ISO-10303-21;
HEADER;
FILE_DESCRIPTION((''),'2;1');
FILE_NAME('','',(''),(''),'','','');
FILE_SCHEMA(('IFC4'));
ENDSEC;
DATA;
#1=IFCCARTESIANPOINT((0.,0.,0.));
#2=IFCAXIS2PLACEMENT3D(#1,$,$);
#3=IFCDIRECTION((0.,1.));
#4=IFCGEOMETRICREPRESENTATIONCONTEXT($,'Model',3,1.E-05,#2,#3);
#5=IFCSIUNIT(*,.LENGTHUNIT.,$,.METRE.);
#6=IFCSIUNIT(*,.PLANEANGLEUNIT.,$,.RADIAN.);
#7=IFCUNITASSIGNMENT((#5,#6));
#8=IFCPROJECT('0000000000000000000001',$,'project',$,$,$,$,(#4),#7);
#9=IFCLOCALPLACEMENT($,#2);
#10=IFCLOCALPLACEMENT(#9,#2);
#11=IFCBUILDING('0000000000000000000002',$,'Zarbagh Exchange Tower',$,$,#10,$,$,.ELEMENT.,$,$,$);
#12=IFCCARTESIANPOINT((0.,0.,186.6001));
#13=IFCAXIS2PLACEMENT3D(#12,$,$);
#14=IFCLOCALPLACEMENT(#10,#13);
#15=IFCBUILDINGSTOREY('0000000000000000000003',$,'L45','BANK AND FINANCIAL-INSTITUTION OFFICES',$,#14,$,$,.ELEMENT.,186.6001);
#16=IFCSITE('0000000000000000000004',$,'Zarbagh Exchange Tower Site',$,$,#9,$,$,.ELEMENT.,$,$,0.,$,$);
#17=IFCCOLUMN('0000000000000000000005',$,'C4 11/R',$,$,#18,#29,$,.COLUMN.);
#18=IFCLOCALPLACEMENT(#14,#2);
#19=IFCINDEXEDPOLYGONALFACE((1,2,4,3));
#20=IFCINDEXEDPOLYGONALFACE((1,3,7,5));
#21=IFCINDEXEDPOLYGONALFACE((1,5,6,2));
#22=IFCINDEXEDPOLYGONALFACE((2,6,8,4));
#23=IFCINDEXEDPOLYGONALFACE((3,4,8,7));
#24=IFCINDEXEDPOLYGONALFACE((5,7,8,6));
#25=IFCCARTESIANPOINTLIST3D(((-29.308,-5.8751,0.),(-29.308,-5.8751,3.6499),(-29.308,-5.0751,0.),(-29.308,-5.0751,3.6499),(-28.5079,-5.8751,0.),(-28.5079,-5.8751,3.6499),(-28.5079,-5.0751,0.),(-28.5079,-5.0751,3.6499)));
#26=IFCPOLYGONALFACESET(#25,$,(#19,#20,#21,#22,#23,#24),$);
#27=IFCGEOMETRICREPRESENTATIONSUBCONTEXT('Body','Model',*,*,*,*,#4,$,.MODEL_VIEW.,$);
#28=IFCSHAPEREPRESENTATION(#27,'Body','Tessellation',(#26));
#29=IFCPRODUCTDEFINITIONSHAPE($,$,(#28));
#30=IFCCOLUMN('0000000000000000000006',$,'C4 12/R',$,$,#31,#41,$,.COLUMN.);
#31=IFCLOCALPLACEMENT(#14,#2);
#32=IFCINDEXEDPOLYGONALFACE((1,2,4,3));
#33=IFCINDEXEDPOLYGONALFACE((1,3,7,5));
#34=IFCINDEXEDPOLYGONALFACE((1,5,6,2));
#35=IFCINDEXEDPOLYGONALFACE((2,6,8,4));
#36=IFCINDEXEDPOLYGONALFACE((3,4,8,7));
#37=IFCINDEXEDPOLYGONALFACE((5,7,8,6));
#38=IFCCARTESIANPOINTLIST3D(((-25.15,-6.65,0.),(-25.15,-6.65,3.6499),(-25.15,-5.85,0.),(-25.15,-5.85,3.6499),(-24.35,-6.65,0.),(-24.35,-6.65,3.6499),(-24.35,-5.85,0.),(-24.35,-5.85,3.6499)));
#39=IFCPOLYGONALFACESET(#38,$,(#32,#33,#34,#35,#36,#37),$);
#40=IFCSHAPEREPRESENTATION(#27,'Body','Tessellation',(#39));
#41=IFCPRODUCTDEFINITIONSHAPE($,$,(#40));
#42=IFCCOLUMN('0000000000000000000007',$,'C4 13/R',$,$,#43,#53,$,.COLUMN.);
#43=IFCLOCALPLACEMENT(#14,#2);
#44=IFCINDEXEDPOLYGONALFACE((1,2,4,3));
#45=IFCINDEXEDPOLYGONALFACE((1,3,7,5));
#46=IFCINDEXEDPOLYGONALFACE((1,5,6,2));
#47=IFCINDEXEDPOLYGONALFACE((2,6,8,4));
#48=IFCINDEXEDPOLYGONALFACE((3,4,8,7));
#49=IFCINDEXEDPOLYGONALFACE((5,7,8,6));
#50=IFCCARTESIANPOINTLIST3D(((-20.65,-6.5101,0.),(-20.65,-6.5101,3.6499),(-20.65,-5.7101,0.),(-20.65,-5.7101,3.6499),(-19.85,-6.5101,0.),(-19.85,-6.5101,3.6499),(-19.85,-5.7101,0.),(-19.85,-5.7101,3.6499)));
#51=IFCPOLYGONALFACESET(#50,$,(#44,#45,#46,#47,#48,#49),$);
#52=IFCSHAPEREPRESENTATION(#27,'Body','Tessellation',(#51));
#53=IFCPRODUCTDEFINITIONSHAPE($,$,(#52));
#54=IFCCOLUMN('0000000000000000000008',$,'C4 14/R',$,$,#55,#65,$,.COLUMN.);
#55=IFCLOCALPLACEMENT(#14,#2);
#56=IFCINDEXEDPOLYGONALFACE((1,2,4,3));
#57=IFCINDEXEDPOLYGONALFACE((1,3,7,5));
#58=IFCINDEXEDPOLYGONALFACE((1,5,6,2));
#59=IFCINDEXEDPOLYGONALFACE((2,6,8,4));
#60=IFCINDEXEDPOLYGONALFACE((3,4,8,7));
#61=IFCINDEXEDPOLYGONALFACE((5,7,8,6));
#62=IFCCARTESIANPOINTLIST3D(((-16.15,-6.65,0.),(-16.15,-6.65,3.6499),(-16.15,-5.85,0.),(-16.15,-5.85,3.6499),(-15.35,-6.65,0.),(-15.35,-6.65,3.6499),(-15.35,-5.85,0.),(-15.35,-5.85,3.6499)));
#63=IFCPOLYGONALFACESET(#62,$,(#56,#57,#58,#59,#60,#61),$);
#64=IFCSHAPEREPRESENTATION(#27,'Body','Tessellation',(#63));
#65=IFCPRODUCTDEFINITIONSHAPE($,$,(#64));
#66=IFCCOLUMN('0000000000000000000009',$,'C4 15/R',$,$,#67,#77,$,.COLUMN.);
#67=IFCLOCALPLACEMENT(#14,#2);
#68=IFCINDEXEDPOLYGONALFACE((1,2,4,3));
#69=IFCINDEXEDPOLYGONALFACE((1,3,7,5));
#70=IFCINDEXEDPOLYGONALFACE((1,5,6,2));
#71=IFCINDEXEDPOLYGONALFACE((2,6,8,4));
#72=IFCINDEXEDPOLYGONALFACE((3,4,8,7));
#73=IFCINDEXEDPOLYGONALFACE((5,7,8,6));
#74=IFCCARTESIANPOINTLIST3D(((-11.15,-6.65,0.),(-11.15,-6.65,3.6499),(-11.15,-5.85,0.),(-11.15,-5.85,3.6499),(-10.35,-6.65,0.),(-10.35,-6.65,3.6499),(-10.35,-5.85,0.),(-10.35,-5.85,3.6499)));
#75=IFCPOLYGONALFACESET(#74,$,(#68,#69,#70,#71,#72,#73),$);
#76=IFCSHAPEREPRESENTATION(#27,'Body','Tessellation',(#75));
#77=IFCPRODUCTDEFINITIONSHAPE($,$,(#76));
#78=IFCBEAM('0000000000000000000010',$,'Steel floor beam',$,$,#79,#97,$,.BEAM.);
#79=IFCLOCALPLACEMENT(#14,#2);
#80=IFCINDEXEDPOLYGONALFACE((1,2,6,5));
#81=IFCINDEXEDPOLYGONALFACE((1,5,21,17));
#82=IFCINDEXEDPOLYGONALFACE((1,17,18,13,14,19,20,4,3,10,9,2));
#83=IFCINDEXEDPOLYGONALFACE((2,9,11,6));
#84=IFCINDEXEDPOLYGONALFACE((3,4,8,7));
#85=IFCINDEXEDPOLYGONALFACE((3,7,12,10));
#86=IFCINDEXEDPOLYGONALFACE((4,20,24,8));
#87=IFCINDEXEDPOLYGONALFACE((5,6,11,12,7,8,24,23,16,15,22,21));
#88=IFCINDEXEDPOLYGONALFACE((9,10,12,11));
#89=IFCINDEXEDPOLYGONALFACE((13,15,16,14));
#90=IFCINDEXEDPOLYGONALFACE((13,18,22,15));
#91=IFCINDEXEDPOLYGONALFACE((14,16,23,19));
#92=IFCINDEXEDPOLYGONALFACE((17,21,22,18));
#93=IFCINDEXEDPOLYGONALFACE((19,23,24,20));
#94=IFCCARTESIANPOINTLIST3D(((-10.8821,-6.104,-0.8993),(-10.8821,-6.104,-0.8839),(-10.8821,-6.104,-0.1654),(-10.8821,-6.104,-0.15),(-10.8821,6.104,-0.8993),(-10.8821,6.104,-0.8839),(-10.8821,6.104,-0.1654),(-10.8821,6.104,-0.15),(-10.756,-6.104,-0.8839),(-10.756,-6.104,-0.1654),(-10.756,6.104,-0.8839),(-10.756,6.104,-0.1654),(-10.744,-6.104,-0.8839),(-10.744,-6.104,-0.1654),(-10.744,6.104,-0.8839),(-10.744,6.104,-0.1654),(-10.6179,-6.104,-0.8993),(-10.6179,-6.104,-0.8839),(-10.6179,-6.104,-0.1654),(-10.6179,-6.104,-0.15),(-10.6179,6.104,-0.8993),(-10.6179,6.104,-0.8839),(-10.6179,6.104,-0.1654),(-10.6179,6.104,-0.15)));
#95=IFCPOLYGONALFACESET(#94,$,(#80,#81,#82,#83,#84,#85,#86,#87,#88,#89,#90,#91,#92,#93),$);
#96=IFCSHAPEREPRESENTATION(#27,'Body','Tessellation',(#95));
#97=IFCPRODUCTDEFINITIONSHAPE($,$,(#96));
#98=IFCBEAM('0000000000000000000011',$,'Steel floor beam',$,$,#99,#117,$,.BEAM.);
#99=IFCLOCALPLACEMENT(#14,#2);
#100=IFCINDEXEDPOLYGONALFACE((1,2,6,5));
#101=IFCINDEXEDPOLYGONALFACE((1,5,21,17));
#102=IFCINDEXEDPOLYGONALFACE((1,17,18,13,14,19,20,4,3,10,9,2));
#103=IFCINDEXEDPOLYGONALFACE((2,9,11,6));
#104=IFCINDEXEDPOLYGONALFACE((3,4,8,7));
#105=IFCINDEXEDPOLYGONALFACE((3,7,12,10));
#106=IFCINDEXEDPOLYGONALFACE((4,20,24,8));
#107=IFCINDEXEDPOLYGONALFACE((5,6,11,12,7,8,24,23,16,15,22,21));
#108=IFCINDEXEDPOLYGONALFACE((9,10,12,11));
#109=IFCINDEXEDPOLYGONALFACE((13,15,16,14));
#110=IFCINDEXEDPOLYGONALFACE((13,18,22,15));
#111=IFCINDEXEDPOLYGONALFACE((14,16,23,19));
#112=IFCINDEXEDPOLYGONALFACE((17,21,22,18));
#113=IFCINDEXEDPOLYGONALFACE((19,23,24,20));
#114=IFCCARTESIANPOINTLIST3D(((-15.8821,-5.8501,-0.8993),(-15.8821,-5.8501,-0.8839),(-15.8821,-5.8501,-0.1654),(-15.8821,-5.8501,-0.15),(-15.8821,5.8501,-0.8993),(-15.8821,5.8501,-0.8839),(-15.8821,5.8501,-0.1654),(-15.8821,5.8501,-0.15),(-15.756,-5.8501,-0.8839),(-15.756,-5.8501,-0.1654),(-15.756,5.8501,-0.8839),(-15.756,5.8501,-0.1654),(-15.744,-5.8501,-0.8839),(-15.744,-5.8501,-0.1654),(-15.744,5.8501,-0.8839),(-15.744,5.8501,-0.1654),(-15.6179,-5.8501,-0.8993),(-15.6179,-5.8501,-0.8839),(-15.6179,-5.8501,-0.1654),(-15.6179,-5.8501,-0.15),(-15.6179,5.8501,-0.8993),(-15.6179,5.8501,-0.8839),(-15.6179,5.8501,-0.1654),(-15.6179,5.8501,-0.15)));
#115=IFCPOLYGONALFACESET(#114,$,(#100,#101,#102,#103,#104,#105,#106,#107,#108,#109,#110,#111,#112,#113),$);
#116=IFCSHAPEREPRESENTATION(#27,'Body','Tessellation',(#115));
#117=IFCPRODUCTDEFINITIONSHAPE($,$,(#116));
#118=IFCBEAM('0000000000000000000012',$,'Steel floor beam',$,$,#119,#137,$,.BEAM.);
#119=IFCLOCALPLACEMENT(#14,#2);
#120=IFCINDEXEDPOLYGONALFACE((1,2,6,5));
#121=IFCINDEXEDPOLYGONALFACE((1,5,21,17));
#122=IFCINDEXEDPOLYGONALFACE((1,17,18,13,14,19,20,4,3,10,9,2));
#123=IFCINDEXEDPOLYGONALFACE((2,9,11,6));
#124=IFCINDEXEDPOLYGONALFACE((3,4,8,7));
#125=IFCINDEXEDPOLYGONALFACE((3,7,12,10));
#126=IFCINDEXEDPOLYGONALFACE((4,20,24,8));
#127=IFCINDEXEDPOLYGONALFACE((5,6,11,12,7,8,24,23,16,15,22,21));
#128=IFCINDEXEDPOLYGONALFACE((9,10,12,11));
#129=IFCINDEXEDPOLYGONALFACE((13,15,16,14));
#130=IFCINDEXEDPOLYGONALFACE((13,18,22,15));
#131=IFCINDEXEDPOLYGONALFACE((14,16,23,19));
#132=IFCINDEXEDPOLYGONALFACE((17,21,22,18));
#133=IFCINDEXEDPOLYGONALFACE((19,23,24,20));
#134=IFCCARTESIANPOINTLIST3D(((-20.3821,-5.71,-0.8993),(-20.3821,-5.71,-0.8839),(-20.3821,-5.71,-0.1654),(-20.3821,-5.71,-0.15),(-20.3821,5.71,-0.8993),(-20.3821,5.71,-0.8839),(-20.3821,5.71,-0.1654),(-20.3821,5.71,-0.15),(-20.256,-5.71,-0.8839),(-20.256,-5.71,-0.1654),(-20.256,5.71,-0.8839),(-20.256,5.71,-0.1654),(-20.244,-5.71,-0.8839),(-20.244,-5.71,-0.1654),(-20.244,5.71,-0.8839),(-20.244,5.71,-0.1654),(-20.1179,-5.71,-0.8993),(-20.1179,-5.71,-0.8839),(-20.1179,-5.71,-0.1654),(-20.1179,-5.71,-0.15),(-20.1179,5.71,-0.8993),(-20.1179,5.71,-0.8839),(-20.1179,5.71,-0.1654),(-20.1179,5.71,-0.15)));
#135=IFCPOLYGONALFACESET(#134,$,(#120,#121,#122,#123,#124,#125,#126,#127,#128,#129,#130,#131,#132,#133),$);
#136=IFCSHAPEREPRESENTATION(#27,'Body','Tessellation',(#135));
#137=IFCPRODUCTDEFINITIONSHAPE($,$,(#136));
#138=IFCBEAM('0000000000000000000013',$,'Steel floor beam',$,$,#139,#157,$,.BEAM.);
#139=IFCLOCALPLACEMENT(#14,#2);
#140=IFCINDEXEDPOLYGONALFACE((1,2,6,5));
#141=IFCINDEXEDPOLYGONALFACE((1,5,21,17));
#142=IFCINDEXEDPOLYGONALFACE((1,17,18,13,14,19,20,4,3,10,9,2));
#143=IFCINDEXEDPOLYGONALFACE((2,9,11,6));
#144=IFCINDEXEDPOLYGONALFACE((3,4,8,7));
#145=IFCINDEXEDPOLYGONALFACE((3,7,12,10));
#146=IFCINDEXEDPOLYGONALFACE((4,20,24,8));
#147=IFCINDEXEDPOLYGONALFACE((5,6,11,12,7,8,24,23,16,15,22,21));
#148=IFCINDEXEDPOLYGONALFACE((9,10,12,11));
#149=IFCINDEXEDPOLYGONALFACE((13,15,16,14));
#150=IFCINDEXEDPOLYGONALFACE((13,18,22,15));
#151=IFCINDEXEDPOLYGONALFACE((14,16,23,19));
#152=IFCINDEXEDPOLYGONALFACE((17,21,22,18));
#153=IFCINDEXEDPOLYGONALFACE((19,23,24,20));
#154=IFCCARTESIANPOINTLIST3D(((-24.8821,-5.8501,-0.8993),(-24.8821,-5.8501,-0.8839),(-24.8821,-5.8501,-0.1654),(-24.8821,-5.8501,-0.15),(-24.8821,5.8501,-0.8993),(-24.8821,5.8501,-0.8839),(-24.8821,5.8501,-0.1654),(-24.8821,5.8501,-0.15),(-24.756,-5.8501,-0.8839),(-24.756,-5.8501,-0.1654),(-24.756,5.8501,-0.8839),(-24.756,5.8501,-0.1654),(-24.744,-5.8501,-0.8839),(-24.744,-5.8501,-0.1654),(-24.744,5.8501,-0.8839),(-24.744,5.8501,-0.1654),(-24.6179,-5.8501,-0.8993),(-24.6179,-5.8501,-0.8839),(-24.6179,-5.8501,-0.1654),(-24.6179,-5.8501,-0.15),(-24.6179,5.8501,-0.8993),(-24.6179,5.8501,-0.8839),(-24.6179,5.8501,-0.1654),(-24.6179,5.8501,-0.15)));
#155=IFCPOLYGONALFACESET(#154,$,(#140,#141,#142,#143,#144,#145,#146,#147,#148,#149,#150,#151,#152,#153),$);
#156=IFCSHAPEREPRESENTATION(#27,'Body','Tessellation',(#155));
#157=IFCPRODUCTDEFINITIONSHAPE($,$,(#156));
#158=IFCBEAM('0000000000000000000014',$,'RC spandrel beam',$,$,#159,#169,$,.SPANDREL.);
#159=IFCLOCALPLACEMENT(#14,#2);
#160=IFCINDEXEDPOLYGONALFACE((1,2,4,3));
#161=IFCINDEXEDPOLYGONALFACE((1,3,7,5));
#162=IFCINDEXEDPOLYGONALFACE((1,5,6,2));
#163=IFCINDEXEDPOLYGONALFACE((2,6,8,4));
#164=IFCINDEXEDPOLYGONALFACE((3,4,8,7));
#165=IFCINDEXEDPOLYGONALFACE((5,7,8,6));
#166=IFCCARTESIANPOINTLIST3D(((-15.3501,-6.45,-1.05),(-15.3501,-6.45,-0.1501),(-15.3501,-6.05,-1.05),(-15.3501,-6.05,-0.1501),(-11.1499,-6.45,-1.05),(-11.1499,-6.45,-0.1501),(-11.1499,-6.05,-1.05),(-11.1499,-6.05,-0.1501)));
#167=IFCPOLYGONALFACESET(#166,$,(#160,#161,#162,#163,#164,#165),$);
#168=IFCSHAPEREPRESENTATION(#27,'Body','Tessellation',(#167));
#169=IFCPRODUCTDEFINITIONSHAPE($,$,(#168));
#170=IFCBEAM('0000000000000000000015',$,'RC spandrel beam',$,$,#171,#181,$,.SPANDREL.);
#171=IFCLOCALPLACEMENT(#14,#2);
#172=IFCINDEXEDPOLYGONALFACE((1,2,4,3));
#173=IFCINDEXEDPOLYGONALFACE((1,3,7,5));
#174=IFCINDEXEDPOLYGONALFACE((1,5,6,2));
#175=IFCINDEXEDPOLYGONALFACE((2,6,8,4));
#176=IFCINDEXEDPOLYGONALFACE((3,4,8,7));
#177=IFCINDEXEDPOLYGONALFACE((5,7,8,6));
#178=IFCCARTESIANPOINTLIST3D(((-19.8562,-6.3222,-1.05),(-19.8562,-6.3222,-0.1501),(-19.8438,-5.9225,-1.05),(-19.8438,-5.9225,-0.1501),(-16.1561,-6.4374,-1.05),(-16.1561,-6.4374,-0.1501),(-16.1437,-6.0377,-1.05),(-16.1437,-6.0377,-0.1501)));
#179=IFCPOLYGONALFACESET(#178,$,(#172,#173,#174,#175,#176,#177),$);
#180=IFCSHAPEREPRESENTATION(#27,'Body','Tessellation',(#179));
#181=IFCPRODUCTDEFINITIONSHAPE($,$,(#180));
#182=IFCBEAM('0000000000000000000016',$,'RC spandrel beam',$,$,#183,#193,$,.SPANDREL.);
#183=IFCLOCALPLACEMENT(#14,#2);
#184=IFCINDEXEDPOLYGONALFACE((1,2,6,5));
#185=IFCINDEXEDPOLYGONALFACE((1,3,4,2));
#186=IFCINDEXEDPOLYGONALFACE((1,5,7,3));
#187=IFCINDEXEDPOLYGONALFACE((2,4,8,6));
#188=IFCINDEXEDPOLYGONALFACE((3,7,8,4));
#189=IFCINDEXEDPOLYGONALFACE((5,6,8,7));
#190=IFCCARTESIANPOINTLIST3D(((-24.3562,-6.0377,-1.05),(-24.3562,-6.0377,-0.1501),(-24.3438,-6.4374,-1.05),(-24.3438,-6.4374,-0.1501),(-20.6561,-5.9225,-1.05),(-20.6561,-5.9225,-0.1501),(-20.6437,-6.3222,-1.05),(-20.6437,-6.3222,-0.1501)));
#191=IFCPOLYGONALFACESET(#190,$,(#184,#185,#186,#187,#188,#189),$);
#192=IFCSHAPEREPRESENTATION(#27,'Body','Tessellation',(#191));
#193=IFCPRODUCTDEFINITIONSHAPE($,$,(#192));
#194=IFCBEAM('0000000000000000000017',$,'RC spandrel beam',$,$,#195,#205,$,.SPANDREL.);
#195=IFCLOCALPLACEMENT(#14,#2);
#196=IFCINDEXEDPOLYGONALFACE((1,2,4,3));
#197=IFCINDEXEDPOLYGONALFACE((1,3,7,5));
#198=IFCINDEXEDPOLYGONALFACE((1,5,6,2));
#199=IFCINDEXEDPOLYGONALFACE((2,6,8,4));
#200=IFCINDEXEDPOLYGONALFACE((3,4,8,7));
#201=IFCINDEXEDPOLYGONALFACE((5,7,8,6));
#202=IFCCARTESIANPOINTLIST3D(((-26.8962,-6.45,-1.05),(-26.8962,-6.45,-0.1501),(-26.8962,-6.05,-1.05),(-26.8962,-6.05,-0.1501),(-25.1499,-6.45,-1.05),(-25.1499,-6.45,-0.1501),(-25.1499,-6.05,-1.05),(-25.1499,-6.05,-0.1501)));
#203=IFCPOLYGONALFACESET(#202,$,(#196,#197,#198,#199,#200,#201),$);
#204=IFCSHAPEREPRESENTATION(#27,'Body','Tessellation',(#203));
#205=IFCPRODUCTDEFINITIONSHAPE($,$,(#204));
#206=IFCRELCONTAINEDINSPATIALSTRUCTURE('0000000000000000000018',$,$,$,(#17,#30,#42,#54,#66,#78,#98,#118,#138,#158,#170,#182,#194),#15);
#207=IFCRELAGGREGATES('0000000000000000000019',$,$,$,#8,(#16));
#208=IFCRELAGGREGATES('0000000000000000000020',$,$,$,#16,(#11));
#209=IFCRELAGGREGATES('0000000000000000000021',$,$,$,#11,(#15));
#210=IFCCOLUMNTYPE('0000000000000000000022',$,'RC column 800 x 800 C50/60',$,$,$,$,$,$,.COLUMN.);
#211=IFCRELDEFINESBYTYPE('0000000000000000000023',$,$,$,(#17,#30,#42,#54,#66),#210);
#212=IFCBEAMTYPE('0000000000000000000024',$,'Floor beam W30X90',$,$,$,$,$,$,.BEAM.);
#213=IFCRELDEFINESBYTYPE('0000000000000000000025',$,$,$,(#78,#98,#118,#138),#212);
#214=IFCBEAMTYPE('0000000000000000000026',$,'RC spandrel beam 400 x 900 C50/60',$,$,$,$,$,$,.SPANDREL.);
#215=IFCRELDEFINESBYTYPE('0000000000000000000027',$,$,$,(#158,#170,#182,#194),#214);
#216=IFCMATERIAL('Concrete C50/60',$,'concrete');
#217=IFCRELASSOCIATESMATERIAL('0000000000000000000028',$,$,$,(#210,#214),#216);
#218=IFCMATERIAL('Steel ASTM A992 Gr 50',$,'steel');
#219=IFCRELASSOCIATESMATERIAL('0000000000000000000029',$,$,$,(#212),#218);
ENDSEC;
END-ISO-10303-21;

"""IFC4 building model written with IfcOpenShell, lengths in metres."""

from ifc_helpers import new_model, si_unit, direction, frame, origin, origin_2d, place, context, subcontext, project, spatial, rectangle, i_section, extrude, material, material_profile, profile_set, type_object, element, save


model = new_model("IFC4")

# Units and contexts
model_context = context("Model", 3, precision=1e-05, world=origin(), true_north=direction((0.0, 1.0)))
body_context = subcontext(model_context, "Body", "Model", "MODEL_VIEW")
ifc_project = project(units=[si_unit("LENGTHUNIT", "METRE"), si_unit("PLANEANGLEUNIT", "RADIAN")], contexts=[model_context])

# Site, building, storey
site_placement = place(None, origin())
site = spatial("IfcSite", under=ifc_project, at=site_placement, Name="Zarbagh Exchange Tower Site", CompositionType="ELEMENT", RefElevation=0.0)
building_placement = place(site_placement, origin())
building = spatial("IfcBuilding", under=site, at=building_placement, Name="Zarbagh Exchange Tower", CompositionType="ELEMENT")
storey_placement = place(building_placement, frame((0.0, 0.0, 186.6001)))
storey = spatial("IfcBuildingStorey", under=building, at=storey_placement, Name="L45", Description="BANK AND FINANCIAL-INSTITUTION OFFICES", CompositionType="ELEMENT", Elevation=186.6001)

# Columns
ifc_material_1 = material(Name="Concrete C50/60", Category="concrete")
ifc_material_profile_1 = material_profile(ifc_material_1, rectangle(XDim=0.8, YDim=0.8, at=origin_2d()), Name="RC column 800 x 800 C50/60")
ifc_profile_set_1 = profile_set([ifc_material_profile_1], Name="Concrete C50/60")
column_type = type_object("IfcColumnType", Name="RC column 800 x 800 C50/60", PredefinedType="COLUMN", material=ifc_profile_set_1)
for number, where, z_axis, x_axis, name in (
    (1, (-28.908, -5.4751, 0.0), (0.0, 0.0, 1.0), (1.0, 0.0, 0.0), "C4 11/R"),
    (2, (-24.75, -6.25, 0.0), (0.0, 0.0, 1.0), (1.0, 0.0, 0.0), "C4 12/R"),
    (3, (-20.25, -6.1101, 0.0), (0.0, 0.0, 1.0), (1.0, 0.0, 0.0), "C4 13/R"),
    (4, (-15.75, -6.25, 0.0), (0.0, 0.0, 1.0), (1.0, 0.0, 0.0), "C4 14/R"),
    (5, (-10.75, -6.25, 0.0), (0.0, 0.0, 1.0), (1.0, 0.0, 0.0), "C4 15/R"),
):
    element("IfcColumn", number, at=place(storey_placement, frame(where, z_axis=z_axis, x_axis=x_axis)), inside=storey, type_object=column_type, Name=name, PredefinedType="COLUMN", context=body_context, shape_type="SweptSolid", body=[
        extrude(rectangle(XDim=0.8, YDim=0.8, at=origin_2d()), origin(), (0.0, 0.0, 1.0), 3.6499),
    ])

# Beams
ifc_material_2 = material(Name="Steel ASTM A992 Gr 50", Category="steel")
ifc_material_profile_2 = material_profile(ifc_material_2, i_section(OverallWidth=0.2642, OverallDepth=0.7493, WebThickness=0.012, FlangeThickness=0.0154, at=origin_2d()), Name="W30X90")
ifc_profile_set_2 = profile_set([ifc_material_profile_2], Name="Steel ASTM A992 Gr 50")
beam_type_1 = type_object("IfcBeamType", Name="Floor beam W30X90", PredefinedType="BEAM", material=ifc_profile_set_2)
beam_1_placement = place(storey_placement, frame((-10.75, -6.104, -0.5247), z_axis=(0.0, 1.0, 0.0), x_axis=(-1.0, 0.0, 0.0)))
element("IfcBeam", 6, at=beam_1_placement, inside=storey, type_object=beam_type_1, Name="Steel floor beam", PredefinedType="BEAM", context=body_context, shape_type="SweptSolid", body=[
    extrude(i_section(OverallWidth=0.2642, OverallDepth=0.7493, WebThickness=0.012, FlangeThickness=0.0154, at=origin_2d()), origin(), (0.0, 0.0, 1.0), 12.208),
])
beam_2_placement = place(storey_placement, frame((-15.75, -5.8501, -0.5247), z_axis=(0.0, 1.0, 0.0), x_axis=(-1.0, 0.0, 0.0)))
element("IfcBeam", 7, at=beam_2_placement, inside=storey, type_object=beam_type_1, Name="Steel floor beam", PredefinedType="BEAM", context=body_context, shape_type="SweptSolid", body=[
    extrude(i_section(OverallWidth=0.2642, OverallDepth=0.7493, WebThickness=0.012, FlangeThickness=0.0154, at=origin_2d()), origin(), (0.0, 0.0, 1.0), 11.7002),
])
beam_3_placement = place(storey_placement, frame((-20.25, -5.71, -0.5247), z_axis=(0.0, 1.0, 0.0), x_axis=(-1.0, 0.0, 0.0)))
element("IfcBeam", 8, at=beam_3_placement, inside=storey, type_object=beam_type_1, Name="Steel floor beam", PredefinedType="BEAM", context=body_context, shape_type="SweptSolid", body=[
    extrude(i_section(OverallWidth=0.2642, OverallDepth=0.7493, WebThickness=0.012, FlangeThickness=0.0154, at=origin_2d()), origin(), (0.0, 0.0, 1.0), 11.4199),
])
beam_4_placement = place(storey_placement, frame((-24.75, -5.8501, -0.5247), z_axis=(0.0, 1.0, 0.0), x_axis=(-1.0, 0.0, 0.0)))
element("IfcBeam", 9, at=beam_4_placement, inside=storey, type_object=beam_type_1, Name="Steel floor beam", PredefinedType="BEAM", context=body_context, shape_type="SweptSolid", body=[
    extrude(i_section(OverallWidth=0.2642, OverallDepth=0.7493, WebThickness=0.012, FlangeThickness=0.0154, at=origin_2d()), origin(), (0.0, 0.0, 1.0), 11.7002),
])
ifc_material_profile_3 = material_profile(ifc_material_1, rectangle(XDim=0.3999, YDim=0.8999, at=origin_2d()), Name="RC spandrel beam 400 x 900 C50/60")
ifc_profile_set_3 = profile_set([ifc_material_profile_3], Name="Concrete C50/60")
beam_type_2 = type_object("IfcBeamType", Name="RC spandrel beam 400 x 900 C50/60", PredefinedType="SPANDREL", material=ifc_profile_set_3)
beam_5_placement = place(storey_placement, frame((-11.1499, -6.25, -0.6001), z_axis=(-1.0, 0.0, 0.0), x_axis=(0.0, -1.0, 0.0)))
element("IfcBeam", 10, at=beam_5_placement, inside=storey, type_object=beam_type_2, Name="RC spandrel beam", PredefinedType="SPANDREL", context=body_context, shape_type="SweptSolid", body=[
    extrude(rectangle(XDim=0.3999, YDim=0.8999, at=origin_2d()), origin(), (0.0, 0.0, 1.0), 4.2002),
])
for number, where, z_axis, x_axis, name in (
    (11, (-16.1499, -6.2375, -0.6001), (-0.999515, 0.031128, 0.0), (-0.031128, -0.999515, 0.0), "RC spandrel beam"),
    (12, (-20.6499, -6.1223, -0.6001), (-0.999515, -0.031128, 0.0), (0.031128, -0.999515, 0.0), "RC spandrel beam"),
):
    element("IfcBeam", number, at=place(storey_placement, frame(where, z_axis=z_axis, x_axis=x_axis)), inside=storey, type_object=beam_type_2, Name=name, PredefinedType="SPANDREL", context=body_context, shape_type="SweptSolid", body=[
        extrude(rectangle(XDim=0.3999, YDim=0.8999, at=origin_2d()), origin(), (0.0, 0.0, 1.0), 3.7019),
    ])
beam_6_placement = place(storey_placement, frame((-25.1499, -6.25, -0.6001), z_axis=(-1.0, 0.0, 0.0), x_axis=(0.0, -1.0, 0.0)))
element("IfcBeam", 13, at=beam_6_placement, inside=storey, type_object=beam_type_2, Name="RC spandrel beam", PredefinedType="SPANDREL", context=body_context, shape_type="SweptSolid", body=[
    extrude(rectangle(XDim=0.3999, YDim=0.8999, at=origin_2d()), origin(), (0.0, 0.0, 1.0), 1.7463),
])

save(model, "model.ifc")
